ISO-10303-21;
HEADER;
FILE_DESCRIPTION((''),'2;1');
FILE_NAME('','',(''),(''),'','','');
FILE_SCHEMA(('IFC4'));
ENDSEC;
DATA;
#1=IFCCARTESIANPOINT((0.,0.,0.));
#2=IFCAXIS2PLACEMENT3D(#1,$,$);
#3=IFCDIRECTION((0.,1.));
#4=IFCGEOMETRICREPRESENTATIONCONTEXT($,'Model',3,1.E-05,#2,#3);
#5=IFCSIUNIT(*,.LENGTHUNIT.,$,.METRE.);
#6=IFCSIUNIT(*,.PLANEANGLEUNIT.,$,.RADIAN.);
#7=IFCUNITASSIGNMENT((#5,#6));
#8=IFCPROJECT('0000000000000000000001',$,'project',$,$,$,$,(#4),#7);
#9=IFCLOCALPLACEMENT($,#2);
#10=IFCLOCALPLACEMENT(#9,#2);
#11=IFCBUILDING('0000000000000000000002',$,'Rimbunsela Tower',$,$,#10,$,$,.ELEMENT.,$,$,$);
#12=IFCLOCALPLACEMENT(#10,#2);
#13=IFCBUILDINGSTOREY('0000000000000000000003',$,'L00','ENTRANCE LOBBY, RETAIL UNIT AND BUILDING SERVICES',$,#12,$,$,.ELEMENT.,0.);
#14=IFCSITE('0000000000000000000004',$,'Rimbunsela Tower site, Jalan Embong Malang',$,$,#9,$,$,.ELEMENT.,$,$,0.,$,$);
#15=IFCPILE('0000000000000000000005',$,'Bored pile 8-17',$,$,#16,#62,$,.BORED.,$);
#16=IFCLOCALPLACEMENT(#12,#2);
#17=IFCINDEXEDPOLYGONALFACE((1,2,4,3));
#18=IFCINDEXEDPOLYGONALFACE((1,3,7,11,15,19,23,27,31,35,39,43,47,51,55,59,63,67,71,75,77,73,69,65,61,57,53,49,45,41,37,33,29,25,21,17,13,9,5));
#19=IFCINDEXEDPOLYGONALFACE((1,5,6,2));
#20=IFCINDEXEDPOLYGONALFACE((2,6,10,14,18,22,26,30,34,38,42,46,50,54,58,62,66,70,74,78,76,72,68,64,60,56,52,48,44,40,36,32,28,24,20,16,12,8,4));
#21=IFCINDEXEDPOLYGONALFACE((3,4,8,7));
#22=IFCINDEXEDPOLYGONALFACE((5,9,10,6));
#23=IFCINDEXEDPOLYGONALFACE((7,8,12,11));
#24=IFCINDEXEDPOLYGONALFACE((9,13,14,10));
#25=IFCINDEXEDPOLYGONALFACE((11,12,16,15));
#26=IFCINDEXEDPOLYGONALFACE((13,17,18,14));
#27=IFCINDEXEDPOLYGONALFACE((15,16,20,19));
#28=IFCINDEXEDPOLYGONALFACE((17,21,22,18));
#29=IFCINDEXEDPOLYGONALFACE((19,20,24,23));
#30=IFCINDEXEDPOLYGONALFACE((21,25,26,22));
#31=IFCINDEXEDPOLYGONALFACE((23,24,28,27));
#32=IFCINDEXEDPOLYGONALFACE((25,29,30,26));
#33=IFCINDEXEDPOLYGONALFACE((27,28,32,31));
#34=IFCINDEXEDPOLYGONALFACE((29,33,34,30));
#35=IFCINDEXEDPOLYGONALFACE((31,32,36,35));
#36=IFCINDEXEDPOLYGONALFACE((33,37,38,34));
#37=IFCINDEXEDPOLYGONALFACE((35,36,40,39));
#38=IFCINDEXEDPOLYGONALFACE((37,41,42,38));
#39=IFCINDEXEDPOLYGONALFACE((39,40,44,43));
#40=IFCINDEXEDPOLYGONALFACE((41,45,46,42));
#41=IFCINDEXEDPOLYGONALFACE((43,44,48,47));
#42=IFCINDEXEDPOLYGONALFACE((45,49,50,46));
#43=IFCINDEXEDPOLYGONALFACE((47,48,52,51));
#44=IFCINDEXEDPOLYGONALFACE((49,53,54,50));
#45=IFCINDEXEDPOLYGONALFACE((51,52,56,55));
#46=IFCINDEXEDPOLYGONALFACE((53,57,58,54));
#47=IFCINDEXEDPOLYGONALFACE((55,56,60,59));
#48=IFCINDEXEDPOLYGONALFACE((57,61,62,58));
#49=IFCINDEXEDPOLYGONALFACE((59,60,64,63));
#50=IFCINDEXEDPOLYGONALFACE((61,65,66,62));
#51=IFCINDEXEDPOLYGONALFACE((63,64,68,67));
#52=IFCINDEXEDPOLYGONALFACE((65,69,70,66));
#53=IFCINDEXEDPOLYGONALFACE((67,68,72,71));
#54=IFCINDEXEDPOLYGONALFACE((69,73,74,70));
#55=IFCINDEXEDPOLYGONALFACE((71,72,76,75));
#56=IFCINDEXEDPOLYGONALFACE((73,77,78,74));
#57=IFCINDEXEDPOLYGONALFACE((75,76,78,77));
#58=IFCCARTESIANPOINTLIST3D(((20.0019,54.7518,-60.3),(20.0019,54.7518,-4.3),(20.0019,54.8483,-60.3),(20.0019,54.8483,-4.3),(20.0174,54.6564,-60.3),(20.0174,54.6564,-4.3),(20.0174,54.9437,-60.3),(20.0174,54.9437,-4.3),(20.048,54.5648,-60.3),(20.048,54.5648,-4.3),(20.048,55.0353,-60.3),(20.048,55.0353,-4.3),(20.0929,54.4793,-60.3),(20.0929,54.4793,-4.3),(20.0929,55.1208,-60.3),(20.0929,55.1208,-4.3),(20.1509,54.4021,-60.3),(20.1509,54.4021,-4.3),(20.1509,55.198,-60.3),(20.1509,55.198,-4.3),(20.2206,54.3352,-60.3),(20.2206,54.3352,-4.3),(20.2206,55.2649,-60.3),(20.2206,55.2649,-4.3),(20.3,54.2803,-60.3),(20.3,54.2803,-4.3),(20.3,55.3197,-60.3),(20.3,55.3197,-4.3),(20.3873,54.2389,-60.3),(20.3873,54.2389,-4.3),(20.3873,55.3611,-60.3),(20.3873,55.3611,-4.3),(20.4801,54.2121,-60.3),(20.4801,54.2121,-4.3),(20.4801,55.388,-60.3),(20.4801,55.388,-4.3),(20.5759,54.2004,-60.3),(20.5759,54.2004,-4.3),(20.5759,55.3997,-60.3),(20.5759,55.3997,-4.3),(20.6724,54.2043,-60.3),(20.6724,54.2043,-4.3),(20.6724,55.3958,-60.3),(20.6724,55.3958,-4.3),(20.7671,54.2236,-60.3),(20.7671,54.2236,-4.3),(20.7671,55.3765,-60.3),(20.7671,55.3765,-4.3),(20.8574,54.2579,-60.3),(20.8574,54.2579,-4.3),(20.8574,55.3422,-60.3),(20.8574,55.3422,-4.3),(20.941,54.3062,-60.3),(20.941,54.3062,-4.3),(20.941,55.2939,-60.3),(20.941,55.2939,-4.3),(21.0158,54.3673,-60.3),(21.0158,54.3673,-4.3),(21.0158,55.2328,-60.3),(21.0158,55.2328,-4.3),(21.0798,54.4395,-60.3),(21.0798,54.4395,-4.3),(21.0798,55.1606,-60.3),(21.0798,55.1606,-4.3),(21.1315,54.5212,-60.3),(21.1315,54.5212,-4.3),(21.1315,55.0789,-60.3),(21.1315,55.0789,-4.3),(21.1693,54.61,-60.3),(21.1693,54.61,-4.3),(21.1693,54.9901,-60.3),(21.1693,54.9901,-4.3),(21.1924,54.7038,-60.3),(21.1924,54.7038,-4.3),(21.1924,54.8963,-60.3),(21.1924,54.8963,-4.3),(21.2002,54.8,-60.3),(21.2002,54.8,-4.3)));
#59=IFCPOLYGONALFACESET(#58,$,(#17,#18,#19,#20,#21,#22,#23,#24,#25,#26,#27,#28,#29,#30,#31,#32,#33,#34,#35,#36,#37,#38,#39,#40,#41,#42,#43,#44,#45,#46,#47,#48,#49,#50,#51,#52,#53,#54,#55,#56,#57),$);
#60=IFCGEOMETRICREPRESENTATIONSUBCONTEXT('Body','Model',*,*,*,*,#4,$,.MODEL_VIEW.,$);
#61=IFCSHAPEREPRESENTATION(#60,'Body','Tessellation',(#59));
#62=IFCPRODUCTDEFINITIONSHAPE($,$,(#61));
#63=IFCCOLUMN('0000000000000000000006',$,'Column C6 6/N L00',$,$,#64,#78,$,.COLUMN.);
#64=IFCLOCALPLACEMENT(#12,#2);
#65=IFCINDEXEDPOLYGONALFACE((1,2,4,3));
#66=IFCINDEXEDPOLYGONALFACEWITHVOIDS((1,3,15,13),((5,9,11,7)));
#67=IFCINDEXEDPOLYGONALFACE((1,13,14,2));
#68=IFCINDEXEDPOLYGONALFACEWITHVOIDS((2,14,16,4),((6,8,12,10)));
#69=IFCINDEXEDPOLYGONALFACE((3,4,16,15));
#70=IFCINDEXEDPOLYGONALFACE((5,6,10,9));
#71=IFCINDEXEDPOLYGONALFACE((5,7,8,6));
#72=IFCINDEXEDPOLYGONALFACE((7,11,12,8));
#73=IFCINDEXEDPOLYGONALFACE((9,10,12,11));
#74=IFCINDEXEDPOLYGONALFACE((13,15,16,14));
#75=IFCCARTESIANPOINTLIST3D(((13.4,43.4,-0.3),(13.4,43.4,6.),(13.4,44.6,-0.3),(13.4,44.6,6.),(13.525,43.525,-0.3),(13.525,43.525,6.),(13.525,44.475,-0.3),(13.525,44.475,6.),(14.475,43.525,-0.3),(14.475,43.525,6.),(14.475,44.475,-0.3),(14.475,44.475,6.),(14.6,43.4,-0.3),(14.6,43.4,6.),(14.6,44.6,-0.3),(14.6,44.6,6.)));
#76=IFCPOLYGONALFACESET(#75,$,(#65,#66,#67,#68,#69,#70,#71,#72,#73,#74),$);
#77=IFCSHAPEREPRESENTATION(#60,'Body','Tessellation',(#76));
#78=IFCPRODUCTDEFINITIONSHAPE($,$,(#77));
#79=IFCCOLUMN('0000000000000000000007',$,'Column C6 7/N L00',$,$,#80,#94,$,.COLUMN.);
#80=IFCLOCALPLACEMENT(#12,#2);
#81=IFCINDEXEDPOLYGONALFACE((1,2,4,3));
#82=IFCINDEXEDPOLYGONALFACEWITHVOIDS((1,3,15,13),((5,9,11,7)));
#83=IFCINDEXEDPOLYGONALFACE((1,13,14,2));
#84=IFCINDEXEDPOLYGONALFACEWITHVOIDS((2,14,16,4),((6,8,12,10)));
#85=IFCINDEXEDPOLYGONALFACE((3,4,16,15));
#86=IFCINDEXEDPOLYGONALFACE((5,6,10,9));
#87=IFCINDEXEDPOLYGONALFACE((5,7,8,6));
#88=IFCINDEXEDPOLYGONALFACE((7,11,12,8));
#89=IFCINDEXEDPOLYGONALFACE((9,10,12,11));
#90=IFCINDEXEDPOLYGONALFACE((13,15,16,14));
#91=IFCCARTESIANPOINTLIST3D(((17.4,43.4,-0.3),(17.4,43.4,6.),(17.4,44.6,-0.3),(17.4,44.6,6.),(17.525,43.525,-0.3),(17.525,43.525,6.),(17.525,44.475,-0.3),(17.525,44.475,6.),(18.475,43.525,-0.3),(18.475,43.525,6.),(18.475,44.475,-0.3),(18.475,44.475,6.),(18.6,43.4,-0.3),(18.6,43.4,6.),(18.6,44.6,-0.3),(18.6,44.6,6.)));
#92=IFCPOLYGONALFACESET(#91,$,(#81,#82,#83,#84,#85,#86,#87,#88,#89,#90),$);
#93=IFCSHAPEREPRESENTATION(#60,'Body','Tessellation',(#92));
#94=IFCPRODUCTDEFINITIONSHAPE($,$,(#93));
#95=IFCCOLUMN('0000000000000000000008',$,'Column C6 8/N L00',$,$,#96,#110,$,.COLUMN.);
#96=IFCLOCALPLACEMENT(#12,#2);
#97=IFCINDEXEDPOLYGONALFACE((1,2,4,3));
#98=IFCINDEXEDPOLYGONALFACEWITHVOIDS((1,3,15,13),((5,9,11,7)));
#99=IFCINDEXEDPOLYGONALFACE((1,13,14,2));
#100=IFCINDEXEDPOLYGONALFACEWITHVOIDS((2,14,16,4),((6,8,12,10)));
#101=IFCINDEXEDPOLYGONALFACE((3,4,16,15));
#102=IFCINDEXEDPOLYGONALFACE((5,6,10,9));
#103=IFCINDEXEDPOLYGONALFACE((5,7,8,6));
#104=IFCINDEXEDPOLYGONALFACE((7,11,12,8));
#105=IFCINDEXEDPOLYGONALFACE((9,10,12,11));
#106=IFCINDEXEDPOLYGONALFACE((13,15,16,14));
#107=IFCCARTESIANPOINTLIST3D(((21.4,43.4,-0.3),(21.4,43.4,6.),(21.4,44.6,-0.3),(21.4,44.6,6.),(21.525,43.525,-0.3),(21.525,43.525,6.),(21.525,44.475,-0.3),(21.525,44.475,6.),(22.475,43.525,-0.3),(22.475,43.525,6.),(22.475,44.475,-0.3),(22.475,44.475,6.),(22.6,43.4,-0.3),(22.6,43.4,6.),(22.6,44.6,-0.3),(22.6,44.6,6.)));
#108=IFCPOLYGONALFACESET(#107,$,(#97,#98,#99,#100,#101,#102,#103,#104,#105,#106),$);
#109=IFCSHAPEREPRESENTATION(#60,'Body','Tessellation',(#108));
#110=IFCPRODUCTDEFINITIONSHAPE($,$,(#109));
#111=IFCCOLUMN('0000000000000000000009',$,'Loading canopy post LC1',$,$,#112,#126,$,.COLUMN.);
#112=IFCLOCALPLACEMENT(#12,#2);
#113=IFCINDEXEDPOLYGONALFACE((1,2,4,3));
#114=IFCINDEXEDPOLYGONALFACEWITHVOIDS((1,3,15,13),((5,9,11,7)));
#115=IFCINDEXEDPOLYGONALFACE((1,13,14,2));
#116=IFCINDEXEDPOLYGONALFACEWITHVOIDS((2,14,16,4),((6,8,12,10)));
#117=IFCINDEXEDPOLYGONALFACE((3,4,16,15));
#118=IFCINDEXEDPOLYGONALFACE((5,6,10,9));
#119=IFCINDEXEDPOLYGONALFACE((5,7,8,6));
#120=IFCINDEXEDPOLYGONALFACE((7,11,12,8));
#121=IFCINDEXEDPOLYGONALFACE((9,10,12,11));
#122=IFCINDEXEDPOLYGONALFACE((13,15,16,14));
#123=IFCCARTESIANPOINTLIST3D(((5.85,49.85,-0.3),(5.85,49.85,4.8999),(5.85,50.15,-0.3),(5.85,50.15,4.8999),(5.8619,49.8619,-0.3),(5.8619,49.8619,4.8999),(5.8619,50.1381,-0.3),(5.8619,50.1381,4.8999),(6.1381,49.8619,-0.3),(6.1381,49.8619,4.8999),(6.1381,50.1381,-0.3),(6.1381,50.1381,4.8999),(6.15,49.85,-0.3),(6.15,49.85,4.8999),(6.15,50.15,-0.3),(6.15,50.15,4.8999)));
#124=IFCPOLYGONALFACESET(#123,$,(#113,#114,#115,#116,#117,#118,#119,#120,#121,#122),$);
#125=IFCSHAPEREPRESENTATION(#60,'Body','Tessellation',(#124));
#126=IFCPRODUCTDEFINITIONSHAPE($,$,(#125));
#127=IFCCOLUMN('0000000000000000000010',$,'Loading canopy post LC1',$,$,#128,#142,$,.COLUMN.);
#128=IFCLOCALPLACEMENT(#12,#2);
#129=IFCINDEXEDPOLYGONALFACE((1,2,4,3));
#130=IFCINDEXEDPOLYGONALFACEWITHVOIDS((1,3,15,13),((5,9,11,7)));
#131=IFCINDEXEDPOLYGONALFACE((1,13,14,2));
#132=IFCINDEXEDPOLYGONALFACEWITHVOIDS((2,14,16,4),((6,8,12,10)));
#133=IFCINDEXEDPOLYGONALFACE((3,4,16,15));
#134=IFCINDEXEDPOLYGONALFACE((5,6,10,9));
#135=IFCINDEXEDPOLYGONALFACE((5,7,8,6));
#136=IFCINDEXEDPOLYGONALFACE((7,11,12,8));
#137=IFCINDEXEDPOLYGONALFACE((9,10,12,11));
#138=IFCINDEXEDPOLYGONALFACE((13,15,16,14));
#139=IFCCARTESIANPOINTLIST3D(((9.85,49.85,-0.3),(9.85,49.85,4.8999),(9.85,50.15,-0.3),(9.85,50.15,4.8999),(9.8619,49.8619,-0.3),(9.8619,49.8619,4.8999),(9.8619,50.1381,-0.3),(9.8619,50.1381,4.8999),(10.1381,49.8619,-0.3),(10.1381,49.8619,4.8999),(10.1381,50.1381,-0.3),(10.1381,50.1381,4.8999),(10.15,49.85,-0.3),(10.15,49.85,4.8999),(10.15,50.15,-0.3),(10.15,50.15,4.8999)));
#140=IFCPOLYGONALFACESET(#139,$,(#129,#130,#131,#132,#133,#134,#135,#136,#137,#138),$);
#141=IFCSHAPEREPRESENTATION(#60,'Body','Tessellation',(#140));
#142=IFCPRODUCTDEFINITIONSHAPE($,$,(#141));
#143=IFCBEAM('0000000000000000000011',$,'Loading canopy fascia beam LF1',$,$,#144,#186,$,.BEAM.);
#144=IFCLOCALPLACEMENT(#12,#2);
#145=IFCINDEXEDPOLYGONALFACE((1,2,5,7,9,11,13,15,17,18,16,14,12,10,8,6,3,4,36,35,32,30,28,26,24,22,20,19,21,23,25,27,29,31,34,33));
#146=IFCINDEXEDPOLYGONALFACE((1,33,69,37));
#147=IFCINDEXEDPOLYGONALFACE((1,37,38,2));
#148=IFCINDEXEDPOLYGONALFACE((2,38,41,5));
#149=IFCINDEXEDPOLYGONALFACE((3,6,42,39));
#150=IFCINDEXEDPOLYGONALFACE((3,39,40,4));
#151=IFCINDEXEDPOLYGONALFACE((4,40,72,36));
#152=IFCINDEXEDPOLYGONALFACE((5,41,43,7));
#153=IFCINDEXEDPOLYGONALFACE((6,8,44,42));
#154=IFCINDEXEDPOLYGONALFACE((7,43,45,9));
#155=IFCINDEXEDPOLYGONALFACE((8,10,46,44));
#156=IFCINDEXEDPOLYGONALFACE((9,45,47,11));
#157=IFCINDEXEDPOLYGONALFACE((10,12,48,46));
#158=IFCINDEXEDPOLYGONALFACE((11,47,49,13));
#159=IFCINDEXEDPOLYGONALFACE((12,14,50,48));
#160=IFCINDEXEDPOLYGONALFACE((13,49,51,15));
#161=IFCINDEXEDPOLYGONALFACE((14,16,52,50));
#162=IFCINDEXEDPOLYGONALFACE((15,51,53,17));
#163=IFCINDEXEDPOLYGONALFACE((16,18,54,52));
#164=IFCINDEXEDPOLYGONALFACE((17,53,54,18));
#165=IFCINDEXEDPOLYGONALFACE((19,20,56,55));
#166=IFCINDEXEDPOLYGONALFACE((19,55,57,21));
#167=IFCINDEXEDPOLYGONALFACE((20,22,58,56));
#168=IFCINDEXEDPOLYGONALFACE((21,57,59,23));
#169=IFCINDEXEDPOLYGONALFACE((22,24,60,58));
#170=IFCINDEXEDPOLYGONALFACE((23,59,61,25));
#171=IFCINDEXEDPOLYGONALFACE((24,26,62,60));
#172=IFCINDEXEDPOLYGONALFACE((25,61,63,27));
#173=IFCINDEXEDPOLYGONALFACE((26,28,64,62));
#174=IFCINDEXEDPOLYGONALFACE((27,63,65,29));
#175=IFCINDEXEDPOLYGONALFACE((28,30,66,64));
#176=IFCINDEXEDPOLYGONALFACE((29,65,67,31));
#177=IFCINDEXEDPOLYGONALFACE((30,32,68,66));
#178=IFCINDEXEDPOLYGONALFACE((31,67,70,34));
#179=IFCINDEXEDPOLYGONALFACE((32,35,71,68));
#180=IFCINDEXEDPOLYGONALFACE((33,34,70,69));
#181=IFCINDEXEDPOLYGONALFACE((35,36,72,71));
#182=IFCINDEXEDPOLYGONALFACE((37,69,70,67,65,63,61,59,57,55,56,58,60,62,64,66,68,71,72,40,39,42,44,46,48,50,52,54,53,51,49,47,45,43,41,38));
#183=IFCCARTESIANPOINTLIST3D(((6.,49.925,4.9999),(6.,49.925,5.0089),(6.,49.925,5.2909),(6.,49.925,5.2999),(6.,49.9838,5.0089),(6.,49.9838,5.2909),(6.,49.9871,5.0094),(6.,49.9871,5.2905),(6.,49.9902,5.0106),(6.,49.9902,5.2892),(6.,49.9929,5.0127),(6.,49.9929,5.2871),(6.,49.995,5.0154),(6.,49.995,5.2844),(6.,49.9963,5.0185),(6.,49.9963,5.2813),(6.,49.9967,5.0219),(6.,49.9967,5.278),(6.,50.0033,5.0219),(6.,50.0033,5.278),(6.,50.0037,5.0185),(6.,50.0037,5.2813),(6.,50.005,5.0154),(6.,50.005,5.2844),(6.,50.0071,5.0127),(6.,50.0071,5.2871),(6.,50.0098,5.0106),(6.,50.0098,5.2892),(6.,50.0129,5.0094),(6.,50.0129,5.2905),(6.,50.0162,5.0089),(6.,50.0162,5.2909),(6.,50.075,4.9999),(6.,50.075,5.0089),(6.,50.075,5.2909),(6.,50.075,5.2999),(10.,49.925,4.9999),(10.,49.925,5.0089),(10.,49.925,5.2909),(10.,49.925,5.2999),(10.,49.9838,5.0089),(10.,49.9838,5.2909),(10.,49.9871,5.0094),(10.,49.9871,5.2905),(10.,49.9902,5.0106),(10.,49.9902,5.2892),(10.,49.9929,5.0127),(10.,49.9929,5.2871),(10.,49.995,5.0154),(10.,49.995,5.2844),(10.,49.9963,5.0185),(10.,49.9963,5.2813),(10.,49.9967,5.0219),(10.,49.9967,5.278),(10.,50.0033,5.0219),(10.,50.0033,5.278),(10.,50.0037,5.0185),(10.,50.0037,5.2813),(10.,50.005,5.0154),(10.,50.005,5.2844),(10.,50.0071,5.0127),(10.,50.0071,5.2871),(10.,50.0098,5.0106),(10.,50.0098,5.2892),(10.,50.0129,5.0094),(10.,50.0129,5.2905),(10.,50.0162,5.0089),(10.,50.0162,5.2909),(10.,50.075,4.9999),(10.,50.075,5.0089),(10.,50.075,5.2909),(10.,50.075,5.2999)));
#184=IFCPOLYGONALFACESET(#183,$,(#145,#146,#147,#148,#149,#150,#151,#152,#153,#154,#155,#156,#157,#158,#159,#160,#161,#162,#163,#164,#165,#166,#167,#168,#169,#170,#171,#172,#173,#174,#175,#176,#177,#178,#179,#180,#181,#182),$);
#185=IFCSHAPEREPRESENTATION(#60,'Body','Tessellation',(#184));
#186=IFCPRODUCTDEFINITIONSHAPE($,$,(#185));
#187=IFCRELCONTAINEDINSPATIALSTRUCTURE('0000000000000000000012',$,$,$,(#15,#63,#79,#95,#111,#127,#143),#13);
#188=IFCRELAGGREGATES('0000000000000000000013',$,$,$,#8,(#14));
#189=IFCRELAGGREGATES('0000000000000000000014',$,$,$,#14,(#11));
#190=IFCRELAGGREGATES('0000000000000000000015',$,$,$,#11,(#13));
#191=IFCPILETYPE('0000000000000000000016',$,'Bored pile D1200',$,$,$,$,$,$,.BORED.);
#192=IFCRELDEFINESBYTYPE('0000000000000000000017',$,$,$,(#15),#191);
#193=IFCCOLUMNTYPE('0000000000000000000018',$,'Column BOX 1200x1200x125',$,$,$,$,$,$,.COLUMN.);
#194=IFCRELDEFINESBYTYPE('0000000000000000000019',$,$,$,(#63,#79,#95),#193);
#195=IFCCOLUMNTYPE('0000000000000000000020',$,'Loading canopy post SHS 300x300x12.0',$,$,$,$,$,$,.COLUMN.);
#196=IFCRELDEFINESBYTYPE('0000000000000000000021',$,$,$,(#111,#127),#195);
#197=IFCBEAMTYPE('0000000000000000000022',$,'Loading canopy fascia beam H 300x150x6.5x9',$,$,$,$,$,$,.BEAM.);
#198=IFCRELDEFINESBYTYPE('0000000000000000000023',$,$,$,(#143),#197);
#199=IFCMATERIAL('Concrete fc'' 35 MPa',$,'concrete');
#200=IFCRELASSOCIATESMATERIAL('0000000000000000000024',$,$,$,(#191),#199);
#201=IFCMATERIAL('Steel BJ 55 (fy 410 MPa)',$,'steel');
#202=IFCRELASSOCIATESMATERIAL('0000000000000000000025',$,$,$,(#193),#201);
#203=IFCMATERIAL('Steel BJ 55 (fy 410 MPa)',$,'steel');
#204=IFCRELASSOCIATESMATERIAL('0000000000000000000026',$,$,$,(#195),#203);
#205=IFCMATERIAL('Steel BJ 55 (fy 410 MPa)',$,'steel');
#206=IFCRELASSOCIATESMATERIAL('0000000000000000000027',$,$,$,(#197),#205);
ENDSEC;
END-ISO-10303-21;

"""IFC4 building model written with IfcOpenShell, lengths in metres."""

from ifc_helpers import new_model, si_unit, direction, frame, origin, origin_2d, place, context, subcontext, project, spatial, hollow_rectangle, circle, i_section, extrude, material, material_profile, profile_set, type_object, element, save


model = new_model("IFC4")

# Units and contexts
model_context = context("Model", 3, precision=1e-05, world=origin(), true_north=direction((0.0, 1.0)))
body_context = subcontext(model_context, "Body", "Model", "MODEL_VIEW")
ifc_project = project(units=[si_unit("LENGTHUNIT", "METRE"), si_unit("PLANEANGLEUNIT", "RADIAN")], contexts=[model_context])

# Site, building, storey
site_placement = place(None, origin())
site = spatial("IfcSite", under=ifc_project, at=site_placement, Name="Rimbunsela Tower site, Jalan Embong Malang", CompositionType="ELEMENT", RefElevation=0.0)
building_placement = place(site_placement, origin())
building = spatial("IfcBuilding", under=site, at=building_placement, Name="Rimbunsela Tower", CompositionType="ELEMENT")
storey_placement = place(building_placement, origin())
storey = spatial("IfcBuildingStorey", under=building, at=storey_placement, Name="L00", Description="ENTRANCE LOBBY, RETAIL UNIT AND BUILDING SERVICES", CompositionType="ELEMENT", Elevation=0.0)

# Pile
ifc_material_1 = material(Name="Concrete fc' 35 MPa", Category="concrete")
ifc_material_profile_1 = material_profile(ifc_material_1, circle(Radius=0.6001, at=origin_2d()), Name="BP D1200")
ifc_profile_set_1 = profile_set([ifc_material_profile_1], Name="Concrete fc' 35 MPa")
pile_type = type_object("IfcPileType", Name="Bored pile D1200", PredefinedType="BORED", material=ifc_profile_set_1)
for number, where, z_axis, x_axis, name in (
    (1, (20.6001, 54.8, -4.3), (0.0, 0.0, -1.0), (1.0, 0.0, 0.0), "Bored pile 8-17"),
):
    element("IfcPile", number, at=place(storey_placement, frame(where, z_axis=z_axis, x_axis=x_axis)), inside=storey, type_object=pile_type, Name=name, PredefinedType="BORED", context=body_context, shape_type="SweptSolid", body=[
        extrude(circle(Radius=0.6001, at=origin_2d()), origin(), (0.0, 0.0, 1.0), 56.0),
    ])

# Columns
ifc_material_2 = material(Name="Steel BJ 55 (fy 410 MPa)", Category="steel")
ifc_material_profile_2 = material_profile(ifc_material_2, hollow_rectangle(XDim=1.2, YDim=1.2, WallThickness=0.125, at=origin_2d()), Name="BOX 1200x1200x125")
ifc_profile_set_2 = profile_set([ifc_material_profile_2], Name="Steel BJ 55 (fy 410 MPa)")
column_type_1 = type_object("IfcColumnType", Name="Column BOX 1200x1200x125", PredefinedType="COLUMN", material=ifc_profile_set_2)
for number, where, z_axis, x_axis, name in (
    (2, (14.0, 44.0, -0.3), (0.0, 0.0, 1.0), (1.0, 0.0, 0.0), "Column C6 6/N L00"),
    (3, (18.0, 44.0, -0.3), (0.0, 0.0, 1.0), (1.0, 0.0, 0.0), "Column C6 7/N L00"),
    (4, (22.0, 44.0, -0.3), (0.0, 0.0, 1.0), (1.0, 0.0, 0.0), "Column C6 8/N L00"),
):
    element("IfcColumn", number, at=place(storey_placement, frame(where, z_axis=z_axis, x_axis=x_axis)), inside=storey, type_object=column_type_1, Name=name, PredefinedType="COLUMN", context=body_context, shape_type="SweptSolid", body=[
        extrude(hollow_rectangle(XDim=1.2, YDim=1.2, WallThickness=0.125, at=origin_2d()), origin(), (0.0, 0.0, 1.0), 6.3),
    ])
ifc_material_3 = material(Name="Steel BJ 55 (fy 410 MPa)", Category="steel")
ifc_material_profile_3 = material_profile(ifc_material_3, hollow_rectangle(XDim=0.3, YDim=0.3, WallThickness=0.012, at=origin_2d()), Name="SHS 300x300x12.0")
ifc_profile_set_3 = profile_set([ifc_material_profile_3], Name="Steel BJ 55 (fy 410 MPa)")
column_type_2 = type_object("IfcColumnType", Name="Loading canopy post SHS 300x300x12.0", PredefinedType="COLUMN", material=ifc_profile_set_3)
for number, where, z_axis, x_axis, name in (
    (5, (6.0, 50.0, -0.3), (0.0, 0.0, 1.0), (1.0, 0.0, 0.0), "Loading canopy post LC1"),
    (6, (10.0, 50.0, -0.3), (0.0, 0.0, 1.0), (1.0, 0.0, 0.0), "Loading canopy post LC1"),
):
    element("IfcColumn", number, at=place(storey_placement, frame(where, z_axis=z_axis, x_axis=x_axis)), inside=storey, type_object=column_type_2, Name=name, PredefinedType="COLUMN", context=body_context, shape_type="SweptSolid", body=[
        extrude(hollow_rectangle(XDim=0.3, YDim=0.3, WallThickness=0.012, at=origin_2d()), origin(), (0.0, 0.0, 1.0), 5.2),
    ])

# Beam
ifc_material_4 = material(Name="Steel BJ 55 (fy 410 MPa)", Category="steel")
ifc_material_profile_4 = material_profile(ifc_material_4, i_section(OverallWidth=0.1499, OverallDepth=0.3, WebThickness=0.0066, FlangeThickness=0.009, FilletRadius=0.0129, at=origin_2d()), Name="H 300x150x6.5x9")
ifc_profile_set_4 = profile_set([ifc_material_profile_4], Name="Steel BJ 55 (fy 410 MPa)")
beam_type = type_object("IfcBeamType", Name="Loading canopy fascia beam H 300x150x6.5x9", PredefinedType="BEAM", material=ifc_profile_set_4)
beam_placement = place(storey_placement, frame((6.0, 50.0, 5.1499), z_axis=(1.0, 0.0, 0.0), x_axis=(0.0, 1.0, 0.0)))
element("IfcBeam", 7, at=beam_placement, inside=storey, type_object=beam_type, Name="Loading canopy fascia beam LF1", PredefinedType="BEAM", context=body_context, shape_type="SweptSolid", body=[
    extrude(i_section(OverallWidth=0.1499, OverallDepth=0.3, WebThickness=0.0066, FlangeThickness=0.009, FilletRadius=0.0129, at=origin_2d()), origin(), (0.0, 0.0, 1.0), 4.0),
])

save(model, "model.ifc")
